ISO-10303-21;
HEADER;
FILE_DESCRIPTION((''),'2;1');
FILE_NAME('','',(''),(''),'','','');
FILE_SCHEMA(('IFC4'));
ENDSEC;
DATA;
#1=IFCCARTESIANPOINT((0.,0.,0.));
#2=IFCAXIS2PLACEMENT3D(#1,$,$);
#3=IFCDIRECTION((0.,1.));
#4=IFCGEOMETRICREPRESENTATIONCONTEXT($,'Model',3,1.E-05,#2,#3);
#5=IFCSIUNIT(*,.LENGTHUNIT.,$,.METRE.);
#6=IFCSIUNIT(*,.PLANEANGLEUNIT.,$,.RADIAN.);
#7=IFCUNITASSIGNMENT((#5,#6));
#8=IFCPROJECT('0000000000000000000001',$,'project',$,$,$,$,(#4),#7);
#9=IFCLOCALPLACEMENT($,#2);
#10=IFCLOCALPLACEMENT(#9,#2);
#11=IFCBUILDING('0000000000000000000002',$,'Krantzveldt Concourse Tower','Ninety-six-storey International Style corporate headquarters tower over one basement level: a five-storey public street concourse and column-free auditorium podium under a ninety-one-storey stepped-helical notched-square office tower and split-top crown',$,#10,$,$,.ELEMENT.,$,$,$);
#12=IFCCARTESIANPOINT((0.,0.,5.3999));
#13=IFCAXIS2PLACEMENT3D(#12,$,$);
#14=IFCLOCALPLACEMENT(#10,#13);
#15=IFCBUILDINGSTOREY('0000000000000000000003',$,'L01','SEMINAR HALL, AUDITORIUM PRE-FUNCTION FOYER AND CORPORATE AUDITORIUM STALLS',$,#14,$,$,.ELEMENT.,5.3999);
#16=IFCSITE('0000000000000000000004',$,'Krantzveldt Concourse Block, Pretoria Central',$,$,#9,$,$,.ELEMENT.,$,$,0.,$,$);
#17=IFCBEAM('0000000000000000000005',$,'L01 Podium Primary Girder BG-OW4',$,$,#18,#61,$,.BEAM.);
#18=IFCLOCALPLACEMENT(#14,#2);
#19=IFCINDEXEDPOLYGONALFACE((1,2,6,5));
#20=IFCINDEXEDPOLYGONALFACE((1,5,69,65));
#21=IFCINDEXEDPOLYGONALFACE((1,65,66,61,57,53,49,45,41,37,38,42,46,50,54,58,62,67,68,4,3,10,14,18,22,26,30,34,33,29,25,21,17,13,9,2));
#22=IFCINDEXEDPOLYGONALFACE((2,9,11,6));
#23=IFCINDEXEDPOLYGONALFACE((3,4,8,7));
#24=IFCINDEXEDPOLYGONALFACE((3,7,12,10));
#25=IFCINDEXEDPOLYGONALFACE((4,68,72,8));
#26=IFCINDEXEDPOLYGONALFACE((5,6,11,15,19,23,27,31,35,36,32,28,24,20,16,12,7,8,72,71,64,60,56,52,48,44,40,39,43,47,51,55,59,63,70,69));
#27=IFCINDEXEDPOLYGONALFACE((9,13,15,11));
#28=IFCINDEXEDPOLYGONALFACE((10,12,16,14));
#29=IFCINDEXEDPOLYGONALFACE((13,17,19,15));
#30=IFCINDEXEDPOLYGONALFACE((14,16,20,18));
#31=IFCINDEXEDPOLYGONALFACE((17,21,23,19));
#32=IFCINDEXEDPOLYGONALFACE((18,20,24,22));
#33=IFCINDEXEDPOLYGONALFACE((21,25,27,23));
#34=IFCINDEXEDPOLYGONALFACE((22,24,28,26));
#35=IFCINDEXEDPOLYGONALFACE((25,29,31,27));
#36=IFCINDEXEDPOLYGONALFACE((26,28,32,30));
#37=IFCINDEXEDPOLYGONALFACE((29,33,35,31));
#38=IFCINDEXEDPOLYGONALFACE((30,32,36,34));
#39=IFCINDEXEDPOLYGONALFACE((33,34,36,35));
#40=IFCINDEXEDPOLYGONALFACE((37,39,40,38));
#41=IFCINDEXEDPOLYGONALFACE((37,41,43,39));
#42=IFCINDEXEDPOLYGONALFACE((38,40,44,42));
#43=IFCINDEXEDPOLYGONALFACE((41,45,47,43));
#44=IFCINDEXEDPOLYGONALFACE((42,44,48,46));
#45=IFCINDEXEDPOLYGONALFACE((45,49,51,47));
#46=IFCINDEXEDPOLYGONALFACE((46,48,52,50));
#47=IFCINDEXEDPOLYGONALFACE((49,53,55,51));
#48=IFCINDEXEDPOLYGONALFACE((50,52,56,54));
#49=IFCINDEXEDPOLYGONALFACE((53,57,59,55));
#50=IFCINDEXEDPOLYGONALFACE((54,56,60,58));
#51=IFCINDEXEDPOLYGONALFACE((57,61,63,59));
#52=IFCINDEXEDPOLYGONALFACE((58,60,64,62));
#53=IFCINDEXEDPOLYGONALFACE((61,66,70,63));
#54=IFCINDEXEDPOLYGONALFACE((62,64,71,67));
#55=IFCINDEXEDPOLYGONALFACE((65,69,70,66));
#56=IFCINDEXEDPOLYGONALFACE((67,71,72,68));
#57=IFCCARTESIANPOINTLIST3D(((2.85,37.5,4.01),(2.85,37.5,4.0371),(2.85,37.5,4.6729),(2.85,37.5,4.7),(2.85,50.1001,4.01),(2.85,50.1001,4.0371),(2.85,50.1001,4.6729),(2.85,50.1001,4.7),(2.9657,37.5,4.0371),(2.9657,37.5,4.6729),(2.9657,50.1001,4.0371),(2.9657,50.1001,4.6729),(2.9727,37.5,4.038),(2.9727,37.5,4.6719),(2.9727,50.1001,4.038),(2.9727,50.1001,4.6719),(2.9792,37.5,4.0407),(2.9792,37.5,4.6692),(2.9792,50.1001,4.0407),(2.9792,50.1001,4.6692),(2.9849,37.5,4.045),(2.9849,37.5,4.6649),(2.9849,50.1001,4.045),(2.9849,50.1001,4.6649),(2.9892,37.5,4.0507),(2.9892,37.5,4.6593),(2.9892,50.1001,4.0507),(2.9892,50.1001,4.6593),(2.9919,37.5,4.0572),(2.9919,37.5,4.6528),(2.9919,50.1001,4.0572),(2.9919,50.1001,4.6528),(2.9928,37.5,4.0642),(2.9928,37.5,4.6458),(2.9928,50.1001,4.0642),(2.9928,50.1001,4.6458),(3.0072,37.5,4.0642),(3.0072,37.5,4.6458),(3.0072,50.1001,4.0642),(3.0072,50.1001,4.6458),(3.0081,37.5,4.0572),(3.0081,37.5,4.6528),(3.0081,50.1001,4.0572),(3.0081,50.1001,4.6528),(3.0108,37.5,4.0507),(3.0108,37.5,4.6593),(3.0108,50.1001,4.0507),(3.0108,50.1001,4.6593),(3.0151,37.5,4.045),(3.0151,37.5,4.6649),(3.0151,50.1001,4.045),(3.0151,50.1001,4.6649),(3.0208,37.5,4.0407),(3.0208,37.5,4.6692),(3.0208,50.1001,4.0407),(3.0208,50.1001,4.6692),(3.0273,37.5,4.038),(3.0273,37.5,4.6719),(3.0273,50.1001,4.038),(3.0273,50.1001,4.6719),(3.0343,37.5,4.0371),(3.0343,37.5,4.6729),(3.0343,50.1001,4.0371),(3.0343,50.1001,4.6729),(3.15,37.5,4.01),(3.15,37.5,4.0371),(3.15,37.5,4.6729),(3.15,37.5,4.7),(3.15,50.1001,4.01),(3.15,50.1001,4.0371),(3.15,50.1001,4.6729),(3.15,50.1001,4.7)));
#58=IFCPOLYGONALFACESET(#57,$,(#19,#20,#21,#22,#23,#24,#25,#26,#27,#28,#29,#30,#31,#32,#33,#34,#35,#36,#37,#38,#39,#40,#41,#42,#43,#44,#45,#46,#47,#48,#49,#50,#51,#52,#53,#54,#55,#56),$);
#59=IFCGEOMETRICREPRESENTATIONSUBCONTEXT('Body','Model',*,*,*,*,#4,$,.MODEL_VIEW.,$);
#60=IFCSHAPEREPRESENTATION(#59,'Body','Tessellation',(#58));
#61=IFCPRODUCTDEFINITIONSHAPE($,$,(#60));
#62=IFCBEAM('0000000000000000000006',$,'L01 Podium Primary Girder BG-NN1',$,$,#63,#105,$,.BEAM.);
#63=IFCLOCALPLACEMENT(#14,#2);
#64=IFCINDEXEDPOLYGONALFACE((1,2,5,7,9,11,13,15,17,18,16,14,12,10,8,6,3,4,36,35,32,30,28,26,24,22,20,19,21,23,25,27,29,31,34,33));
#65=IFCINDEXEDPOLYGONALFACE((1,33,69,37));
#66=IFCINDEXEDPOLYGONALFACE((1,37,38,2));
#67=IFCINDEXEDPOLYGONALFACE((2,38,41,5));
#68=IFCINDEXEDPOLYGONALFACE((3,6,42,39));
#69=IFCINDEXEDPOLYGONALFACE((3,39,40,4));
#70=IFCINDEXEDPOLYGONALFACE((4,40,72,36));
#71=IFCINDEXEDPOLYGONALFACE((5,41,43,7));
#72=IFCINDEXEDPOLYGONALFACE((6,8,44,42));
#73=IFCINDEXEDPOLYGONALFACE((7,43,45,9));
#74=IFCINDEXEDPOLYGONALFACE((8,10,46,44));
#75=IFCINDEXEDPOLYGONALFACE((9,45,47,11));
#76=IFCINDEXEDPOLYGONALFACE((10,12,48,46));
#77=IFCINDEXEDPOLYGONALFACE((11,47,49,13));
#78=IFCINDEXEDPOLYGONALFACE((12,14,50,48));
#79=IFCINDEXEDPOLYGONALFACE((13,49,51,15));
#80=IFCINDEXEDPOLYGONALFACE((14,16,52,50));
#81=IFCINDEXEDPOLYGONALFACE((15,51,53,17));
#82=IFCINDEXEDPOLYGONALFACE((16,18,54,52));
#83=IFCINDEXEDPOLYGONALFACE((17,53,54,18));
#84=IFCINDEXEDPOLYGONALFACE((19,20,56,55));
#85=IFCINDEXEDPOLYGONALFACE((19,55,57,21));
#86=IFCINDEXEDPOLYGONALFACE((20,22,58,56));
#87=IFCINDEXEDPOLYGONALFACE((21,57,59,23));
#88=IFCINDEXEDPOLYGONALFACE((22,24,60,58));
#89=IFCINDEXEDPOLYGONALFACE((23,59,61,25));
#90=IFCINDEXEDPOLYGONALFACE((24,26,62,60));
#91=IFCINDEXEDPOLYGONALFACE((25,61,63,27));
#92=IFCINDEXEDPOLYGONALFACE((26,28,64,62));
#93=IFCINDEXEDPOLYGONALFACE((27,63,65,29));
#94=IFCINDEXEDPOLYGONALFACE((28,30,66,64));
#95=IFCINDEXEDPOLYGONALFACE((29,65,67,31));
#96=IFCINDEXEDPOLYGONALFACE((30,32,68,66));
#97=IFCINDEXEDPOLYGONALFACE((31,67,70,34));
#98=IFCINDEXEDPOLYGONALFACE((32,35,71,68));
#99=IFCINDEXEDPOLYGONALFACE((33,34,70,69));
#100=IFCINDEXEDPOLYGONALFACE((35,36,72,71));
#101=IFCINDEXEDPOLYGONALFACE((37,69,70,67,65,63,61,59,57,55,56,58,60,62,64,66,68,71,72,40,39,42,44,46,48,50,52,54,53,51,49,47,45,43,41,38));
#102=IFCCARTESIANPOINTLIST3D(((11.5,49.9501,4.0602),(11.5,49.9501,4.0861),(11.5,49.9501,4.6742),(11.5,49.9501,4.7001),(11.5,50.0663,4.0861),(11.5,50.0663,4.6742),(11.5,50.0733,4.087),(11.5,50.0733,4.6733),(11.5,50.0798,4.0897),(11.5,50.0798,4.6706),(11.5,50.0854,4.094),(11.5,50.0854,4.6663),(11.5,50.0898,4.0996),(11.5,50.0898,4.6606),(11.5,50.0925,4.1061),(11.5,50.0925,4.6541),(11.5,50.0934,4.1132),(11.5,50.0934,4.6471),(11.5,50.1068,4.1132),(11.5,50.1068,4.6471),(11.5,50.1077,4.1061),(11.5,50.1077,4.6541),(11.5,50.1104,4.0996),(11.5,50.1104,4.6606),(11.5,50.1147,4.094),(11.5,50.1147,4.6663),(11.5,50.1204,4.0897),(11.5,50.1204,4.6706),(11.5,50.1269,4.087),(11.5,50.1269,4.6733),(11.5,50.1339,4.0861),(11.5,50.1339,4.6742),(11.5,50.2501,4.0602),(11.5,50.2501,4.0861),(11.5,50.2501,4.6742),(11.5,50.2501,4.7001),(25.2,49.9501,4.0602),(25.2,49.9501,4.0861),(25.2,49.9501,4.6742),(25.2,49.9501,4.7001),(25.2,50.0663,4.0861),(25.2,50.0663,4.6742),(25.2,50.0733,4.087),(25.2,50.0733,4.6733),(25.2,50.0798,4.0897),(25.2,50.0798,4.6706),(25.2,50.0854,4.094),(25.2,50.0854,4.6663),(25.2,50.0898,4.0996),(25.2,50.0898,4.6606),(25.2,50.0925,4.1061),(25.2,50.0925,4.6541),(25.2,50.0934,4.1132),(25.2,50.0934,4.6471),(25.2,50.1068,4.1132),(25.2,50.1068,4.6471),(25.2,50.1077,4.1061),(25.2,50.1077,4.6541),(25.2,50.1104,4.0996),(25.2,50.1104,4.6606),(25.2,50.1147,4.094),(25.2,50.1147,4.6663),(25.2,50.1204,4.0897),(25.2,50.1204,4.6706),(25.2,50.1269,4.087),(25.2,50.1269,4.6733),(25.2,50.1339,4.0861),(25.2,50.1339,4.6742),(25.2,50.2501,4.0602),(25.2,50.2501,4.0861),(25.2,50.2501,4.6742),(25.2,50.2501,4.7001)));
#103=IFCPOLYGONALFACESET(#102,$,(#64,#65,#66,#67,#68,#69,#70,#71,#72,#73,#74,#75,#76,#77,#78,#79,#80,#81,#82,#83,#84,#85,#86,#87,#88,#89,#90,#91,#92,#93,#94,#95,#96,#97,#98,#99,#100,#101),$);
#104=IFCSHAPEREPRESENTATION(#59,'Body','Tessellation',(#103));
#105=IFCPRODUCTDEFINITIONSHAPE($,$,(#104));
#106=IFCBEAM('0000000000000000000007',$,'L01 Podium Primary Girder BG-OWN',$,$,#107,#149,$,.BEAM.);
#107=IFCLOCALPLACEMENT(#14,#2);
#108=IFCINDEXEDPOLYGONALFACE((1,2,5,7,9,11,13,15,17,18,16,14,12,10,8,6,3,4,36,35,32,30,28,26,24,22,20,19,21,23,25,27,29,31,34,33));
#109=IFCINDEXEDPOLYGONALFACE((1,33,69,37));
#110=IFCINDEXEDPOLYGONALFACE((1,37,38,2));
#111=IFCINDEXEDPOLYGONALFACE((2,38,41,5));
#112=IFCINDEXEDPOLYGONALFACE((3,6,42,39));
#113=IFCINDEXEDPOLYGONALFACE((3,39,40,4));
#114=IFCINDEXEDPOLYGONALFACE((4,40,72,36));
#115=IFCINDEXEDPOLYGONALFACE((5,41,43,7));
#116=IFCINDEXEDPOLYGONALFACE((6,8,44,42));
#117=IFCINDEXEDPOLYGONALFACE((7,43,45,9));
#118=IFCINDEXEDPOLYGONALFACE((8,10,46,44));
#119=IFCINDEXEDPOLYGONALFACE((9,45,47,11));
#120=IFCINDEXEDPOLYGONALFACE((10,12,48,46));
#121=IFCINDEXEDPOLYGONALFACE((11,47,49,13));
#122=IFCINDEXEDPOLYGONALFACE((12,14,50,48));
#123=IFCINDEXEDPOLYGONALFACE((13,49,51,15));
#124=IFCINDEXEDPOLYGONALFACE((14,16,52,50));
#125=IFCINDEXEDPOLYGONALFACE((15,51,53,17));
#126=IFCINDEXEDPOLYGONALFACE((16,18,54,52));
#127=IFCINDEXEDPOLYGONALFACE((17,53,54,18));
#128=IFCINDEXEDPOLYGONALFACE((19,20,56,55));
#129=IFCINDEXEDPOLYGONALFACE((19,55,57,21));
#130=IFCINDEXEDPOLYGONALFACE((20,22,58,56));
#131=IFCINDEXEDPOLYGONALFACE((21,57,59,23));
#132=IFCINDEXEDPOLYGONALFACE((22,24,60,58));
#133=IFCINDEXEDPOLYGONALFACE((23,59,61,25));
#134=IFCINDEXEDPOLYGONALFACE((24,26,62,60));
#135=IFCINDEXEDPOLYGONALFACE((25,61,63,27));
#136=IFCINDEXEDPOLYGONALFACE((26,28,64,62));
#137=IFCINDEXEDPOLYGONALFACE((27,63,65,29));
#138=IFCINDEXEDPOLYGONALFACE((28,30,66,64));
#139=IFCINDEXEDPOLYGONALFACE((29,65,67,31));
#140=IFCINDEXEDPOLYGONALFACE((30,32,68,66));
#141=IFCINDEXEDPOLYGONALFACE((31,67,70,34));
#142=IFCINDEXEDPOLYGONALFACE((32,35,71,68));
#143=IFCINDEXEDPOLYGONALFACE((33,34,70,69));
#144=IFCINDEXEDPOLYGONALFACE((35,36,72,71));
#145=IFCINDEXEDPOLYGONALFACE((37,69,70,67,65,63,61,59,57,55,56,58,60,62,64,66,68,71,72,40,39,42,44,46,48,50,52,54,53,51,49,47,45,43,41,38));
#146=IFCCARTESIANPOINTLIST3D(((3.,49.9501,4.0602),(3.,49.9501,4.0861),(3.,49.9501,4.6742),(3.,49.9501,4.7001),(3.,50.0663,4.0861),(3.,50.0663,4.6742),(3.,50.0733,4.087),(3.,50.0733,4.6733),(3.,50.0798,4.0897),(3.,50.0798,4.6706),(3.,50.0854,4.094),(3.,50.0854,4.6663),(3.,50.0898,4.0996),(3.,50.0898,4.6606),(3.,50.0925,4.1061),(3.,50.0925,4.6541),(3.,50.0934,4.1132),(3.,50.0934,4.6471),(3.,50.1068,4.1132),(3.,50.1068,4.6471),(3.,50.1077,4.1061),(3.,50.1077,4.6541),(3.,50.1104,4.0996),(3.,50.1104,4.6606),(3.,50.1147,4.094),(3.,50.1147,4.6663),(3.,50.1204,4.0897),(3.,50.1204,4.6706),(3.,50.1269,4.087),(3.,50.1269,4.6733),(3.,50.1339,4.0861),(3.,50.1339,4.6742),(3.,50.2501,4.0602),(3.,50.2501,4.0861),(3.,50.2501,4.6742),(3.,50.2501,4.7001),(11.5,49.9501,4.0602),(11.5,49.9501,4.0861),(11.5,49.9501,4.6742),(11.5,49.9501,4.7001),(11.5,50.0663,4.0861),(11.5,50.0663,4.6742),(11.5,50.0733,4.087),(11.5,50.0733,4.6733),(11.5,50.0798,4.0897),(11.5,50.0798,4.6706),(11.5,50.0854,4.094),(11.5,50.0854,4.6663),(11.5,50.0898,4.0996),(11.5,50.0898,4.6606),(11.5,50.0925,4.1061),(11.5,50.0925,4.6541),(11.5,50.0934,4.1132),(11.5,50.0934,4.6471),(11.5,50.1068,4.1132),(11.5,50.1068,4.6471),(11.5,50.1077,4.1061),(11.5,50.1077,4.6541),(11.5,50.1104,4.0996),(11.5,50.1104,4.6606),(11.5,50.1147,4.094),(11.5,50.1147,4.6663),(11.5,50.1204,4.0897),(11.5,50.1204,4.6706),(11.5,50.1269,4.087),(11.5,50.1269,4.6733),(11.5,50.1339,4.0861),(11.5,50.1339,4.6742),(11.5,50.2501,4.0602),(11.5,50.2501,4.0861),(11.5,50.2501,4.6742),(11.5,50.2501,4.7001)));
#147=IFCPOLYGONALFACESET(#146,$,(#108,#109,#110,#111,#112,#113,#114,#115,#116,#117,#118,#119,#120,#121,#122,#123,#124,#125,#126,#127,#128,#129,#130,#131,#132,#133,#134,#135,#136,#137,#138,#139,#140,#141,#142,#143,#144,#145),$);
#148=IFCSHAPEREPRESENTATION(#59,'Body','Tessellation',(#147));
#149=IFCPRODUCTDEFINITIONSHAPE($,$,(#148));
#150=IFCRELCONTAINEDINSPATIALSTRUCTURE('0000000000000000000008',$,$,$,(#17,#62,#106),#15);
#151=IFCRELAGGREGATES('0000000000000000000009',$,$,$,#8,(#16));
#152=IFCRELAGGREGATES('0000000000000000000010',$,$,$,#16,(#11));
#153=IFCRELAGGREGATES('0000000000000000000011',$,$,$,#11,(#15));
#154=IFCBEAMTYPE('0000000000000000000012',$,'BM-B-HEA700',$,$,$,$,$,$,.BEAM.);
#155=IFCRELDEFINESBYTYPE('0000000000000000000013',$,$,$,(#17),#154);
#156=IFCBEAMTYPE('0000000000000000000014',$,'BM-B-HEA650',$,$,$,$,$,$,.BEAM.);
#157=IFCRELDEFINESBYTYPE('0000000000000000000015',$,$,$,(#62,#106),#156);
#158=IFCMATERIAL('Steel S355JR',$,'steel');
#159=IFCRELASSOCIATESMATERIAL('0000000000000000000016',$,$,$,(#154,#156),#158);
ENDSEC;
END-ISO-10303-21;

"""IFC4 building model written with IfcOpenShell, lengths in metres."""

from ifc_helpers import new_model, si_unit, direction, frame, origin, origin_2d, place, context, subcontext, project, spatial, i_section, extrude, source, transform, mapped, material, material_profile, profile_set, type_object, type_shapes, element, save


model = new_model("IFC4")

# Units and contexts
model_context = context("Model", 3, precision=1e-05, world=origin(), true_north=direction((0.0, 1.0)))
body_context = subcontext(model_context, "Body", "Model", "MODEL_VIEW")
ifc_project = project(units=[si_unit("LENGTHUNIT", "METRE"), si_unit("PLANEANGLEUNIT", "RADIAN")], contexts=[model_context])

# Site, building, storey
site_placement = place(None, origin())
site = spatial("IfcSite", under=ifc_project, at=site_placement, Name="Krantzveldt Concourse Block, Pretoria Central", CompositionType="ELEMENT", RefElevation=0.0)
building_placement = place(site_placement, origin())
building = spatial("IfcBuilding", under=site, at=building_placement, Name="Krantzveldt Concourse Tower", Description="Ninety-six-storey International Style corporate headquarters tower over one basement level: a five-storey public street concourse and column-free auditorium podium under a ninety-one-storey stepped-helical notched-square office tower and split-top crown", CompositionType="ELEMENT")
storey_placement = place(building_placement, frame((0.0, 0.0, 5.3999)))
storey = spatial("IfcBuildingStorey", under=building, at=storey_placement, Name="L01", Description="SEMINAR HALL, AUDITORIUM PRE-FUNCTION FOYER AND CORPORATE AUDITORIUM STALLS", CompositionType="ELEMENT", Elevation=5.3999)

# Beams
ifc_material_1 = material(Name="Steel S355JR", Category="steel")
ifc_material_profile_1 = material_profile(ifc_material_1, i_section(OverallWidth=0.3, OverallDepth=0.6899, WebThickness=0.0144, FlangeThickness=0.0271, FilletRadius=0.0271, at=origin_2d()), Name="Steel S355JR", Category="steel")
ifc_profile_set_1 = profile_set([ifc_material_profile_1], Name="Steel S355JR - HEA 700")
beam_type_1 = type_object("IfcBeamType", Name="BM-B-HEA700", PredefinedType="BEAM", material=ifc_profile_set_1)
shared_shape_1 = source(origin(), body_context, "Body", "SweptSolid", [
    extrude(i_section(OverallWidth=0.3, OverallDepth=0.6899, WebThickness=0.0144, FlangeThickness=0.0271, FilletRadius=0.0271, at=origin_2d()), origin(), (0.0, 0.0, 1.0), 12.6001),
])
for number, where, z_axis, x_axis, name in (
    (1, (3.0, 37.5, 4.355), (0.0, 1.0, 0.0), (-1.0, 0.0, 0.0), "L01 Podium Primary Girder BG-OW4"),
):
    element("IfcBeam", number, at=place(storey_placement, frame(where, z_axis=z_axis, x_axis=x_axis)), inside=storey, type_object=beam_type_1, Name=name, PredefinedType="BEAM", context=body_context, shape_type="MappedRepresentation", body=[
        mapped(shared_shape_1, transform((0.0, 0.0, 0.0), x_axis=(1.0, 0.0, 0.0), y_axis=(0.0, 1.0, 0.0), z_axis=(0.0, 0.0, 1.0), scale=1.0)),
    ])
ifc_material_profile_2 = material_profile(ifc_material_1, i_section(OverallWidth=0.3, OverallDepth=0.6399, WebThickness=0.0134, FlangeThickness=0.0259, FilletRadius=0.0271, at=origin_2d()), Name="Steel S355JR", Category="steel")
ifc_profile_set_2 = profile_set([ifc_material_profile_2], Name="Steel S355JR - HEA 650")
beam_type_2 = type_object("IfcBeamType", Name="BM-B-HEA650", PredefinedType="BEAM", material=ifc_profile_set_2)
shared_shape_2 = source(origin(), body_context, "Body", "SweptSolid", [
    extrude(i_section(OverallWidth=0.3, OverallDepth=0.6399, WebThickness=0.0134, FlangeThickness=0.0259, FilletRadius=0.0271, at=origin_2d()), origin(), (0.0, 0.0, 1.0), 13.7),
])
beam_1_placement = place(storey_placement, frame((11.5, 50.1001, 4.3801), z_axis=(1.0, 0.0, 0.0), x_axis=(0.0, 1.0, 0.0)))
element("IfcBeam", 2, at=beam_1_placement, inside=storey, type_object=beam_type_2, Name="L01 Podium Primary Girder BG-NN1", PredefinedType="BEAM", context=body_context, shape_type="MappedRepresentation", body=[
    mapped(shared_shape_2, transform((0.0, 0.0, 0.0), x_axis=(1.0, 0.0, 0.0), y_axis=(0.0, 1.0, 0.0), z_axis=(0.0, 0.0, 1.0), scale=1.0)),
])
shared_shape_3 = source(origin(), body_context, "Body", "SweptSolid", [
    extrude(i_section(OverallWidth=0.3, OverallDepth=0.6399, WebThickness=0.0134, FlangeThickness=0.0259, FilletRadius=0.0271, at=origin_2d()), origin(), (0.0, 0.0, 1.0), 8.5),
])
type_shapes(beam_type_2, [shared_shape_2, shared_shape_3])
beam_2_placement = place(storey_placement, frame((3.0, 50.1001, 4.3801), z_axis=(1.0, 0.0, 0.0), x_axis=(0.0, 1.0, 0.0)))
element("IfcBeam", 3, at=beam_2_placement, inside=storey, type_object=beam_type_2, Name="L01 Podium Primary Girder BG-OWN", PredefinedType="BEAM", context=body_context, shape_type="MappedRepresentation", body=[
    mapped(shared_shape_3, transform((0.0, 0.0, 0.0), x_axis=(1.0, 0.0, 0.0), y_axis=(0.0, 1.0, 0.0), z_axis=(0.0, 0.0, 1.0), scale=1.0)),
])

save(model, "model.ifc")
